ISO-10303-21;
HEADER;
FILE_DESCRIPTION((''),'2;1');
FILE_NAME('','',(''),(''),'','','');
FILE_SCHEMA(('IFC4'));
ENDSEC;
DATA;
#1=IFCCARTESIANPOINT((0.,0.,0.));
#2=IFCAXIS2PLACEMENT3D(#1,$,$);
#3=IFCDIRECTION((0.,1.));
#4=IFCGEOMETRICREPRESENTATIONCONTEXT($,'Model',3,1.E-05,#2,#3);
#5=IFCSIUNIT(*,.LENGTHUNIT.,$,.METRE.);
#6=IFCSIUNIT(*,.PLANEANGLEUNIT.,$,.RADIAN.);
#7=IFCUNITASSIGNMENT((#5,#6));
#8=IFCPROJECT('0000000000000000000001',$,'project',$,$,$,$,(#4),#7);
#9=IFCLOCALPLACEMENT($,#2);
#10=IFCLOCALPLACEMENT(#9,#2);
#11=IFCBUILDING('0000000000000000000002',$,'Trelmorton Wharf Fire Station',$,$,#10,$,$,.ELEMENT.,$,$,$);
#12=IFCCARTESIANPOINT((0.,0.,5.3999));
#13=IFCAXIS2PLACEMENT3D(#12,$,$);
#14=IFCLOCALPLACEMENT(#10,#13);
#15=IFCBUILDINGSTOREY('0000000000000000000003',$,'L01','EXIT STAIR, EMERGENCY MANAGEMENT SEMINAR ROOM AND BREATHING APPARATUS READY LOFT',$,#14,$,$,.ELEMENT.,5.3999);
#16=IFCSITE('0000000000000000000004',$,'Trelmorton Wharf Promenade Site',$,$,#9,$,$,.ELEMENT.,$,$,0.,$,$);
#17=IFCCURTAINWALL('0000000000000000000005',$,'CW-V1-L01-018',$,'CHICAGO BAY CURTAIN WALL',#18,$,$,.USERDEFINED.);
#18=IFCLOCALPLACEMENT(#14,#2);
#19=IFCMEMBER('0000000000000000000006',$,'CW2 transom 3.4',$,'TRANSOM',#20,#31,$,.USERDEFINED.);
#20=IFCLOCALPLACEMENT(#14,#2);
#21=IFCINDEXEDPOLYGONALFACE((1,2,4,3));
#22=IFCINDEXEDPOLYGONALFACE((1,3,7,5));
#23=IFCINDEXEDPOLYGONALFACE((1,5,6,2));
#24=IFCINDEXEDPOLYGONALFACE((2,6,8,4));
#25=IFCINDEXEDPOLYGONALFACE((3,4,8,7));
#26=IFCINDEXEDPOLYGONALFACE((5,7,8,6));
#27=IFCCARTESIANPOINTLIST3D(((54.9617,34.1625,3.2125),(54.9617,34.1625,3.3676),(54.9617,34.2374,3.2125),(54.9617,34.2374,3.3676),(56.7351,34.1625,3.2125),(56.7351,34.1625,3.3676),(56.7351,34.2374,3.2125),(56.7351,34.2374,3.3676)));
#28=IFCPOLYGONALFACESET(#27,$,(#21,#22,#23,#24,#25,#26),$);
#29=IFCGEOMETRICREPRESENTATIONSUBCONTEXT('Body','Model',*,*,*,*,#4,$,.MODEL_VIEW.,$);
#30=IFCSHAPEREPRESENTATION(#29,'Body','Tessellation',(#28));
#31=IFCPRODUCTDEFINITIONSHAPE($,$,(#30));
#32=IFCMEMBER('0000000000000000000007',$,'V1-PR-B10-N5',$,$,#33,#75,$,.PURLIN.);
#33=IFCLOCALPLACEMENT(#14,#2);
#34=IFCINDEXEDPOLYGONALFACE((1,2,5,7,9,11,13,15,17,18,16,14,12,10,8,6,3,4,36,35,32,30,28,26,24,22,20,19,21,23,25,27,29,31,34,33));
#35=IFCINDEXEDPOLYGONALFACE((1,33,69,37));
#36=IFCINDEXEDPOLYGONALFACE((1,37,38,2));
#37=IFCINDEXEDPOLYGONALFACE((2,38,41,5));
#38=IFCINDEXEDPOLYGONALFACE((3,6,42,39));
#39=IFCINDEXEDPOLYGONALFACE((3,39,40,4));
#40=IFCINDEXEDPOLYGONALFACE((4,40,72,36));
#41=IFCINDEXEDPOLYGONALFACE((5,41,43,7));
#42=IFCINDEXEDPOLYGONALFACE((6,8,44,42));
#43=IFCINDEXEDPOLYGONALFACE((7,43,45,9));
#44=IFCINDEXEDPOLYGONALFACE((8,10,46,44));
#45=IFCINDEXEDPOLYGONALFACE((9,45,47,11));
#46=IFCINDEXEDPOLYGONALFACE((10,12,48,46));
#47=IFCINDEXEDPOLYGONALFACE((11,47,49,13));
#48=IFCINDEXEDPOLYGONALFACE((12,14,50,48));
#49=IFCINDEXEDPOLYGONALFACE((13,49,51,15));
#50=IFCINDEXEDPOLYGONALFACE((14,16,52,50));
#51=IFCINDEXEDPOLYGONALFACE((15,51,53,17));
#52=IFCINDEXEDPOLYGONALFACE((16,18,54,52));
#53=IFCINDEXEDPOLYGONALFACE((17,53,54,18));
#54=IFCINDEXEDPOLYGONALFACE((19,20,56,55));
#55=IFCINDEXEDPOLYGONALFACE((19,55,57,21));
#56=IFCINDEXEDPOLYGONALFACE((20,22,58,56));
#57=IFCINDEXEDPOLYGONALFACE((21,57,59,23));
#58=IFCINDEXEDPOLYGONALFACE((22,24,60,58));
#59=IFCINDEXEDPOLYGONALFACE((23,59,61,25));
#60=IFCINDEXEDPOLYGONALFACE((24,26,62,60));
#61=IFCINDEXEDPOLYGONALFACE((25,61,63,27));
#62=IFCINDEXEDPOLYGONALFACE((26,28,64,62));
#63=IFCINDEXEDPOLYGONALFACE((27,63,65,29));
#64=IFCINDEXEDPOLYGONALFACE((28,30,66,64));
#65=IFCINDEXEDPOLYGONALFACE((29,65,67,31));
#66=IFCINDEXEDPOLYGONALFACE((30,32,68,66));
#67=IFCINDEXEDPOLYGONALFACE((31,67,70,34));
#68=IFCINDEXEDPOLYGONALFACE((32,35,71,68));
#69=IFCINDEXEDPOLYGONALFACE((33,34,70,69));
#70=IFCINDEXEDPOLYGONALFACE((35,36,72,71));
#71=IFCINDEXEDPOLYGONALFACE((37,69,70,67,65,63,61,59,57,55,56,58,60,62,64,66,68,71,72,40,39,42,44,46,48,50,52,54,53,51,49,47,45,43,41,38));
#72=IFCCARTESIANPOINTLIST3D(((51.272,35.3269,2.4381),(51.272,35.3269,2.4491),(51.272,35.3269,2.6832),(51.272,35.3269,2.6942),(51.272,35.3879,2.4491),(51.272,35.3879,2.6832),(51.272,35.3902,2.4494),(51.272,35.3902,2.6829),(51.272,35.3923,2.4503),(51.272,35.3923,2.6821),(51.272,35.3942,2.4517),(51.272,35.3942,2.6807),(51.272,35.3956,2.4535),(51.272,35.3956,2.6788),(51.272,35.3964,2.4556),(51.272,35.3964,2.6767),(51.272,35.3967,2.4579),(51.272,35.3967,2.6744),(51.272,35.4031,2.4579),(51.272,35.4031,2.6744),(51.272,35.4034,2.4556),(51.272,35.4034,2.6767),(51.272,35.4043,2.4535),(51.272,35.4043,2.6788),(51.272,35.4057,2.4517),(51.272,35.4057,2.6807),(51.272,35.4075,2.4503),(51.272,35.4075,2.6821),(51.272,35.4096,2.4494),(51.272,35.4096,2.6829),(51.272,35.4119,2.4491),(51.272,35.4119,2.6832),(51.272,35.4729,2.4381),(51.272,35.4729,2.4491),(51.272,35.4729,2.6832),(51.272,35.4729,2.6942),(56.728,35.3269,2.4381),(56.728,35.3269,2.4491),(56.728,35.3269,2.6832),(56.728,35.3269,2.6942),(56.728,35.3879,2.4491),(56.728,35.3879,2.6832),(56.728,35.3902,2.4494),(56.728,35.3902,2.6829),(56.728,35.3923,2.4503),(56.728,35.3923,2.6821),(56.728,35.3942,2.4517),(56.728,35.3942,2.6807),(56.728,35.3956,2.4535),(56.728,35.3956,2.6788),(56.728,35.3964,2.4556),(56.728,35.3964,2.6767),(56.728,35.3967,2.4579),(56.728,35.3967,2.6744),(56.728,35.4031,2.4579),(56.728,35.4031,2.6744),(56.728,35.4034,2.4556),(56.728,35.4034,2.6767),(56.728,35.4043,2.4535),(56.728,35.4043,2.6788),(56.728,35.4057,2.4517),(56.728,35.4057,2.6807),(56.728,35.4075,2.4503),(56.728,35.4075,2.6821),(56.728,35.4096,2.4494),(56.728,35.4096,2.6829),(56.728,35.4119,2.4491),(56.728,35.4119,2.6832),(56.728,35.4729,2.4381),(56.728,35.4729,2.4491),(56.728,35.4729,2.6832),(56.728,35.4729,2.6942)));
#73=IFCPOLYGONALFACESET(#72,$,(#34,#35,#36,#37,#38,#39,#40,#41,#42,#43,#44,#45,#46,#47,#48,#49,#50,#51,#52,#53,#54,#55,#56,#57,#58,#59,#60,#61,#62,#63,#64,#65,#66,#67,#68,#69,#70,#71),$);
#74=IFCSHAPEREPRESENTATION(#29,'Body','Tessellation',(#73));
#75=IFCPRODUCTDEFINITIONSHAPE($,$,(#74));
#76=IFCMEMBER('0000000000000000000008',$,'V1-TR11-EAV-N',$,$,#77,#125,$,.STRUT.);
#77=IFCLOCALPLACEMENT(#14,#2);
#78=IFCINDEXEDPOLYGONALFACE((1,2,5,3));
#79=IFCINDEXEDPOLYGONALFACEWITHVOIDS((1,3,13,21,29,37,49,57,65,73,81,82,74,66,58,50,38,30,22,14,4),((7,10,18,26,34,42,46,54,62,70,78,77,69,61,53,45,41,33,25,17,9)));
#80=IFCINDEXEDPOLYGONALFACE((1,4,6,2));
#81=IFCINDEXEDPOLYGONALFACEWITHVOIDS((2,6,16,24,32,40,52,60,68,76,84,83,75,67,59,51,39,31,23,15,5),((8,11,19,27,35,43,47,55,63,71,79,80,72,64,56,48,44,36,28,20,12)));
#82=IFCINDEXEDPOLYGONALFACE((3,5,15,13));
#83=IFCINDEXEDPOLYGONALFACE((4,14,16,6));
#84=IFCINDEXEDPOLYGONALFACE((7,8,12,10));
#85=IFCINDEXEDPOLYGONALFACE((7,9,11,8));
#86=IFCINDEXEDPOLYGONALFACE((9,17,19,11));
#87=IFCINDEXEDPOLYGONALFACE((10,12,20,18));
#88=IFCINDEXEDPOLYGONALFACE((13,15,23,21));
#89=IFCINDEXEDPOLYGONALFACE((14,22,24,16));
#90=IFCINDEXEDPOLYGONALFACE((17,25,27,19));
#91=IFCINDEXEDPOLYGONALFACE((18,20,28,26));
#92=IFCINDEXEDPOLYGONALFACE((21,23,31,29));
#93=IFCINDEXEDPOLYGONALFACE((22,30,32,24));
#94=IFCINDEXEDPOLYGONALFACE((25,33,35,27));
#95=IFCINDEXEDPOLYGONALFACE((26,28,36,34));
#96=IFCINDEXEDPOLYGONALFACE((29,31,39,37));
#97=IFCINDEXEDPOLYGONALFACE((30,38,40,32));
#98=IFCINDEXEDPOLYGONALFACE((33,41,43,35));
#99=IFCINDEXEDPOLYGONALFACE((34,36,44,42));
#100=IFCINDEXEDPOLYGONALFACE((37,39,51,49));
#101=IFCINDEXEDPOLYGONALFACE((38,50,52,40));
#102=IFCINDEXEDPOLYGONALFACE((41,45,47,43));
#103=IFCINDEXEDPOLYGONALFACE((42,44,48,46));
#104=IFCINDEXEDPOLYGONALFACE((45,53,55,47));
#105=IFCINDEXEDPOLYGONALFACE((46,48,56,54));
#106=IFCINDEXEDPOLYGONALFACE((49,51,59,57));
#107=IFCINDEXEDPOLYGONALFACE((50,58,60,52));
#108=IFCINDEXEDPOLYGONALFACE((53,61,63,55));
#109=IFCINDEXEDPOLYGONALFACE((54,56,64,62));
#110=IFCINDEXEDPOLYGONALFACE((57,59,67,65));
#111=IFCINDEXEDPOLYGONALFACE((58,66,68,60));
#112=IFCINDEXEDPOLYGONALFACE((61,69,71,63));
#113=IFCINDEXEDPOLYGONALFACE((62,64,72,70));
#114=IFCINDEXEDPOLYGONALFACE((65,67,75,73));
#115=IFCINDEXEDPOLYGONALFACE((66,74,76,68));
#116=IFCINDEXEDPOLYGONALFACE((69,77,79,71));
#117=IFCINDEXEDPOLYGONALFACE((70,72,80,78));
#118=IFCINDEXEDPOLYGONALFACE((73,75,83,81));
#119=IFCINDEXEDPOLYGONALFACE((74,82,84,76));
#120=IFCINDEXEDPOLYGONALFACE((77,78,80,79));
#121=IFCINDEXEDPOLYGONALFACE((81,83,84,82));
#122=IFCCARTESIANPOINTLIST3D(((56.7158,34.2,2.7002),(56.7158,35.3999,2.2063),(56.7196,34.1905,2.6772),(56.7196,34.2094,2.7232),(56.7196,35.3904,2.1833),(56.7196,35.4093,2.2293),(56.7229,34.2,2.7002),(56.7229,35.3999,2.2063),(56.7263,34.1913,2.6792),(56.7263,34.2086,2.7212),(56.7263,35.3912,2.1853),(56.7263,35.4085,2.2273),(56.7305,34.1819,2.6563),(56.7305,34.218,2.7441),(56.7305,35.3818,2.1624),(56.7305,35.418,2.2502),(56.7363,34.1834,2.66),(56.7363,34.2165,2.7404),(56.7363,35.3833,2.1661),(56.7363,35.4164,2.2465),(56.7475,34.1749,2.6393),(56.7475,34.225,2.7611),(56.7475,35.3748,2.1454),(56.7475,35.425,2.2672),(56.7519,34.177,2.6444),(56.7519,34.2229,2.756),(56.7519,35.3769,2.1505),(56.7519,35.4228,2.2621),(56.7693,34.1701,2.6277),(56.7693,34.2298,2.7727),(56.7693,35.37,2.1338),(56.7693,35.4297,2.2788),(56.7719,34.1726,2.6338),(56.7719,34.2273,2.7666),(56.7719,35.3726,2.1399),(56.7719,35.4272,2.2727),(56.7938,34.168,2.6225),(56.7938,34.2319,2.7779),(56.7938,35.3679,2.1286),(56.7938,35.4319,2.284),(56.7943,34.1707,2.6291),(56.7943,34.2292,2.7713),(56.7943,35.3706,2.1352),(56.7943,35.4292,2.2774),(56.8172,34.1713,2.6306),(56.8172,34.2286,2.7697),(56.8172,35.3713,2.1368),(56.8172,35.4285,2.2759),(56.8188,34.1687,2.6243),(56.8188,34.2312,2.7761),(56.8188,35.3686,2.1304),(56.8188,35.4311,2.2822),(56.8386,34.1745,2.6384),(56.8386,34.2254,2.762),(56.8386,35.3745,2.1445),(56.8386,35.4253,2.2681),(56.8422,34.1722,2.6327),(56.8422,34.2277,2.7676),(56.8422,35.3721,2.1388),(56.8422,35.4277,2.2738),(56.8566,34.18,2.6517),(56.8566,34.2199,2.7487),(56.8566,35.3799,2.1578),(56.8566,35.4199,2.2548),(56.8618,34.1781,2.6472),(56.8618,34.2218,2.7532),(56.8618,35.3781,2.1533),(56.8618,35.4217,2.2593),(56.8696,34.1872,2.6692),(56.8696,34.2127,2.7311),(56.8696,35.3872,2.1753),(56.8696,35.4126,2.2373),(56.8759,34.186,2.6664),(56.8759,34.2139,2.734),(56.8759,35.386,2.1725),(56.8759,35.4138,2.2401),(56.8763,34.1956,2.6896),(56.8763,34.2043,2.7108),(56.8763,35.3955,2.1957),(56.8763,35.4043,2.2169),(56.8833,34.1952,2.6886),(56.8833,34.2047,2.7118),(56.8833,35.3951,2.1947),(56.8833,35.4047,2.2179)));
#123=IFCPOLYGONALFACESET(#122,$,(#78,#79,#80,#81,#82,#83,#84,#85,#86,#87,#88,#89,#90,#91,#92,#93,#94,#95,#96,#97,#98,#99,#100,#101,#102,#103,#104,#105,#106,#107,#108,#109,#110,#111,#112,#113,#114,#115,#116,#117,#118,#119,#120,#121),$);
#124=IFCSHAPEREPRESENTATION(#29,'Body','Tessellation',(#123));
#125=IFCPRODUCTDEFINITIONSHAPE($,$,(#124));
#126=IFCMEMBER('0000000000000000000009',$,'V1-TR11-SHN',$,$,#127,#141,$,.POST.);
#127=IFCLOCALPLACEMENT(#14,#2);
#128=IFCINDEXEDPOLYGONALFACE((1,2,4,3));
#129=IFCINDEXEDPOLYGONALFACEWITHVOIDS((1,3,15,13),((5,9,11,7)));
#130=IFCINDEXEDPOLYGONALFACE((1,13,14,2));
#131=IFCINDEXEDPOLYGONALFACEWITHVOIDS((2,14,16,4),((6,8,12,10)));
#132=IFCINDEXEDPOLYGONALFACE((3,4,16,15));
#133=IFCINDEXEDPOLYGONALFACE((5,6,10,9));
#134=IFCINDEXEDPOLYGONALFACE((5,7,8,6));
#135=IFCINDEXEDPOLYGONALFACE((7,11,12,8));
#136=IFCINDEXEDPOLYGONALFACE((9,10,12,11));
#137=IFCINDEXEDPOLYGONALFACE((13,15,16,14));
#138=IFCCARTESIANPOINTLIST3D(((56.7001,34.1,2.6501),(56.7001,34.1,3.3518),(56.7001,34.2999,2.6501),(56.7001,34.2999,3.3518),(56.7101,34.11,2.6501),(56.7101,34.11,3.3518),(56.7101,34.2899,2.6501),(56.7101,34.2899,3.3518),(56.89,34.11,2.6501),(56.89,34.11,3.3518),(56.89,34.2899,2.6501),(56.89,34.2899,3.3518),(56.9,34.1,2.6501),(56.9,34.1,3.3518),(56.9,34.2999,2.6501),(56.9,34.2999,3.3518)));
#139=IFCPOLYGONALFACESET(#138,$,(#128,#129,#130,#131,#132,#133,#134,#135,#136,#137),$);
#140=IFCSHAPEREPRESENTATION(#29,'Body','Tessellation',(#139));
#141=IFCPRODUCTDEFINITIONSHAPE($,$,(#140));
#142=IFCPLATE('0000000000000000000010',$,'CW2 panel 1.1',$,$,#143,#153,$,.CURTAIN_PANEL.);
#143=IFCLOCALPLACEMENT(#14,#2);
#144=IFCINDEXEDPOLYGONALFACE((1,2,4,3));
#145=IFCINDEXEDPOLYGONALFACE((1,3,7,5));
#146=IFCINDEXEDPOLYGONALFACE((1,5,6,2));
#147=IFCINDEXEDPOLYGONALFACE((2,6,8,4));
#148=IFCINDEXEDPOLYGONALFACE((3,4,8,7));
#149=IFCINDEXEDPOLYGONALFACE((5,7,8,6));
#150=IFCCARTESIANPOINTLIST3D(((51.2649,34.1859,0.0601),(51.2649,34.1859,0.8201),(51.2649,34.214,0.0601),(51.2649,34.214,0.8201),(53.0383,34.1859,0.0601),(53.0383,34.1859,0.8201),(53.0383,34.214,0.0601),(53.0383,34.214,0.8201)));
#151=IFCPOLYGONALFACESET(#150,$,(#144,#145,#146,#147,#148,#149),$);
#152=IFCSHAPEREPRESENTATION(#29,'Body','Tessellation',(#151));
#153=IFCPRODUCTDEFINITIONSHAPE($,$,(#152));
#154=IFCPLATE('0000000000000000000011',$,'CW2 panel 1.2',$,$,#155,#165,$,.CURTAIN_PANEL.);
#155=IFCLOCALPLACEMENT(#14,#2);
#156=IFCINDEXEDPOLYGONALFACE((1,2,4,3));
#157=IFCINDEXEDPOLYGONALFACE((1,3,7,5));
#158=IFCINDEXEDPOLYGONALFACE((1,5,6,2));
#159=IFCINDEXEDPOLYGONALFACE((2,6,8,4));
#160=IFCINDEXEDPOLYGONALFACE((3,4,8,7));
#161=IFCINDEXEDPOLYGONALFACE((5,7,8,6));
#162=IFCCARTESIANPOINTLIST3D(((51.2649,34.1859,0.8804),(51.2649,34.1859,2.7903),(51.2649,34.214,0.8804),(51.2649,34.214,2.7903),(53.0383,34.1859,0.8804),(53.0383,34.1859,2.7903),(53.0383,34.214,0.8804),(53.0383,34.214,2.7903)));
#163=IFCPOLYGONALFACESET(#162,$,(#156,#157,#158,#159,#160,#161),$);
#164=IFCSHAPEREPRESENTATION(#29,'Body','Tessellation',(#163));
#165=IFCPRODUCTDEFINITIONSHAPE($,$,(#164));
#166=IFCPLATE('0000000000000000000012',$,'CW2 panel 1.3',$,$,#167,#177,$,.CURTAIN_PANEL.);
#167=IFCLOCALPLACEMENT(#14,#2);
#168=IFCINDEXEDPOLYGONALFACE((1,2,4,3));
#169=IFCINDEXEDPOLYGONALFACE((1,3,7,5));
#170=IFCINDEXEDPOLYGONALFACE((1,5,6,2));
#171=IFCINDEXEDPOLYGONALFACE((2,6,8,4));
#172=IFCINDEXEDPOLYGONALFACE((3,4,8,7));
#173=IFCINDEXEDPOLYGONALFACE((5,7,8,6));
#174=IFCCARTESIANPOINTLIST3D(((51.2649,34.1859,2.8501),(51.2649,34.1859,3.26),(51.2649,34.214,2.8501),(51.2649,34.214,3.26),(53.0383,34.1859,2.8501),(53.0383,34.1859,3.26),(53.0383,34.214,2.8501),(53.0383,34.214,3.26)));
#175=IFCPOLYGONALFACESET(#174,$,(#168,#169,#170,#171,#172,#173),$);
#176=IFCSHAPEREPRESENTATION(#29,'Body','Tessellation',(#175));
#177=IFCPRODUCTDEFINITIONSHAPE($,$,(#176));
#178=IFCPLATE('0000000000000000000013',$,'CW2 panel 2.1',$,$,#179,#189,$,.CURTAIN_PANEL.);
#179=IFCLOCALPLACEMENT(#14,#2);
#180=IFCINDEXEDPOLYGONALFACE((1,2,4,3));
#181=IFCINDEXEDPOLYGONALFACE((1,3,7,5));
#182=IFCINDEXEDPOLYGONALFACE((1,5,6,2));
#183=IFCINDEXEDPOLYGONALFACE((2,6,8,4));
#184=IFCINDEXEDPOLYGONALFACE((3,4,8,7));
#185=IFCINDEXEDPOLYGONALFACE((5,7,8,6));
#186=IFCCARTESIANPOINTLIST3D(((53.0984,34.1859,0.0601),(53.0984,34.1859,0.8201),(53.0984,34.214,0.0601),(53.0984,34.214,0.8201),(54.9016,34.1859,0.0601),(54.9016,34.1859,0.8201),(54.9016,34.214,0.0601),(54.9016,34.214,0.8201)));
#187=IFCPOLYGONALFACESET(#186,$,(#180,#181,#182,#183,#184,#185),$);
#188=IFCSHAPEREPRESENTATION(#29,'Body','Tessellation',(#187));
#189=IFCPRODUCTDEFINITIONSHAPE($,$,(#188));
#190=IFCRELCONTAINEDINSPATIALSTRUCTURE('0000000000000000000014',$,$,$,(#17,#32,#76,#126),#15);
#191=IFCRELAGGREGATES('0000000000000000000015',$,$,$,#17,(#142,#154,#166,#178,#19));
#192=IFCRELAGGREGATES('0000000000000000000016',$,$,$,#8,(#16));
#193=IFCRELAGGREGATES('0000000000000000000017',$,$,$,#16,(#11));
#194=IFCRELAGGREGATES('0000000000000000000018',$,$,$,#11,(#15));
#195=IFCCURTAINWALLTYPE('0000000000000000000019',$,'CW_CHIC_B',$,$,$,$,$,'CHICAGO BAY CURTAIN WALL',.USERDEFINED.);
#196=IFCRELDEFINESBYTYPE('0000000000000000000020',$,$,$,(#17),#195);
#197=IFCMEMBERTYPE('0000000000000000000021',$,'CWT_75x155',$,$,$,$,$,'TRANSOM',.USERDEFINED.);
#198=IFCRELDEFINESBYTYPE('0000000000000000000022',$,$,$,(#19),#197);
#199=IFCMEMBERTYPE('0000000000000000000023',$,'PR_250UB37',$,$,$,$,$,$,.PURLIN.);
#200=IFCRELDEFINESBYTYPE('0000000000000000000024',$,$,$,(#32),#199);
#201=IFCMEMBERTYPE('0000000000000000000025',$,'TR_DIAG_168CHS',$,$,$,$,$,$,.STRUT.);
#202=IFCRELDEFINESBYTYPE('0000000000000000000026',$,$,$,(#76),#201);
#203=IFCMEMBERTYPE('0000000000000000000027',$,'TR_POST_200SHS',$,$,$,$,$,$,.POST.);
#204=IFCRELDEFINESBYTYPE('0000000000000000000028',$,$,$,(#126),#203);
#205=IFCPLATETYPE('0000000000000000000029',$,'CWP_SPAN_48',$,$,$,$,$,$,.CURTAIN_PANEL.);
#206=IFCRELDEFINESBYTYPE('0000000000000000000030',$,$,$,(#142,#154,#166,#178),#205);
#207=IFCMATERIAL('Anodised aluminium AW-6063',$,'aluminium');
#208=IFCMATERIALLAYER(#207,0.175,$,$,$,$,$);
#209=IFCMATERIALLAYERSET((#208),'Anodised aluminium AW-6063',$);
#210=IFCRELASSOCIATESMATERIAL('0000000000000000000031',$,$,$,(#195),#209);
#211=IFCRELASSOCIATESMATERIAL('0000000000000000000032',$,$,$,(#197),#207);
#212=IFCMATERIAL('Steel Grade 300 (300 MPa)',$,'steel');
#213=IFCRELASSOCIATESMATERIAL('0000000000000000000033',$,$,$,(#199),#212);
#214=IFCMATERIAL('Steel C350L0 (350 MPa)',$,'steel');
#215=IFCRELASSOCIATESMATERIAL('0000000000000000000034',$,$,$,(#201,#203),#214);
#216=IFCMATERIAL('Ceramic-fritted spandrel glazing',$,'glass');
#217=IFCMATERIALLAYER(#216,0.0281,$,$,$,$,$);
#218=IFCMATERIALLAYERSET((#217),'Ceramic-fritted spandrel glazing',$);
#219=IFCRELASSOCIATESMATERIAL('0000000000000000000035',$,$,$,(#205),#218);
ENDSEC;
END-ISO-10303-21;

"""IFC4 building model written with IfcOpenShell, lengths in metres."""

from ifc_helpers import new_model, si_unit, direction, frame, origin, origin_2d, place, context, subcontext, project, spatial, rectangle, hollow_rectangle, hollow_circle, i_section, extrude, material, layer, layer_set, material_profile, profile_set, type_object, element, aggregate, save


model = new_model("IFC4")

# Units and contexts
model_context = context("Model", 3, precision=1e-05, world=origin(), true_north=direction((0.0, 1.0)))
body_context = subcontext(model_context, "Body", "Model", "MODEL_VIEW")
ifc_project = project(units=[si_unit("LENGTHUNIT", "METRE"), si_unit("PLANEANGLEUNIT", "RADIAN")], contexts=[model_context])

# Site, building, storey
site_placement = place(None, origin())
site = spatial("IfcSite", under=ifc_project, at=site_placement, Name="Trelmorton Wharf Promenade Site", CompositionType="ELEMENT", RefElevation=0.0)
building_placement = place(site_placement, origin())
building = spatial("IfcBuilding", under=site, at=building_placement, Name="Trelmorton Wharf Fire Station", CompositionType="ELEMENT")
storey_placement = place(building_placement, frame((0.0, 0.0, 5.3999)))
storey = spatial("IfcBuildingStorey", under=building, at=storey_placement, Name="L01", Description="EXIT STAIR, EMERGENCY MANAGEMENT SEMINAR ROOM AND BREATHING APPARATUS READY LOFT", CompositionType="ELEMENT", Elevation=5.3999)

# Curtain wall, member
ifc_material_1 = material(Name="Anodised aluminium AW-6063", Category="aluminium")
ifc_layer_1 = layer(ifc_material_1, 0.175)
ifc_layer_set_1 = layer_set([ifc_layer_1], Name="Anodised aluminium AW-6063")
curtain_wall_type = type_object("IfcCurtainWallType", Name="CW_CHIC_B", ElementType="CHICAGO BAY CURTAIN WALL", PredefinedType="USERDEFINED", material=ifc_layer_set_1)
curtain_wall_placement = place(storey_placement, origin())
curtain_wall = element("IfcCurtainWall", 1, at=curtain_wall_placement, inside=storey, type_object=curtain_wall_type, Name="CW-V1-L01-018", ObjectType="CHICAGO BAY CURTAIN WALL", PredefinedType="USERDEFINED")
ifc_material_profile_1 = material_profile(ifc_material_1, rectangle(XDim=0.075, YDim=0.155, at=origin_2d()), Name="ALU-75x155")
ifc_profile_set_1 = profile_set([ifc_material_profile_1], Name="Anodised aluminium AW-6063")
member_type_1 = type_object("IfcMemberType", Name="CWT_75x155", ElementType="TRANSOM", PredefinedType="USERDEFINED", material=ifc_profile_set_1)
member_1_placement = place(storey_placement, frame((54.9617, 34.2, 3.29), z_axis=(1.0, 0.0, 0.0), x_axis=(0.0, 1.0, 0.0)))
member_1 = element("IfcMember", 2, at=member_1_placement, type_object=member_type_1, Name="CW2 transom 3.4", ObjectType="TRANSOM", PredefinedType="USERDEFINED", context=body_context, shape_type="SweptSolid", body=[
    extrude(rectangle(XDim=0.075, YDim=0.155, at=origin_2d()), origin(), (0.0, 0.0, 1.0), 1.7734),
])

# Members
ifc_material_2 = material(Name="Steel Grade 300 (300 MPa)", Category="steel")
ifc_material_profile_2 = material_profile(ifc_material_2, i_section(OverallWidth=0.146, OverallDepth=0.2561, WebThickness=0.0063, FlangeThickness=0.011, FilletRadius=0.0088, at=origin_2d()), Name="250UB37.3")
ifc_profile_set_2 = profile_set([ifc_material_profile_2], Name="Steel Grade 300 (300 MPa)")
member_type_2 = type_object("IfcMemberType", Name="PR_250UB37", PredefinedType="PURLIN", material=ifc_profile_set_2)
member_2_placement = place(storey_placement, frame((51.272, 35.3999, 2.5662), z_axis=(1.0, 0.0, 0.0), x_axis=(0.0, 1.0, 0.0)))
element("IfcMember", 3, at=member_2_placement, inside=storey, type_object=member_type_2, Name="V1-PR-B10-N5", PredefinedType="PURLIN", context=body_context, shape_type="SweptSolid", body=[
    extrude(i_section(OverallWidth=0.146, OverallDepth=0.2561, WebThickness=0.0063, FlangeThickness=0.011, FilletRadius=0.0088, at=origin_2d()), origin(), (0.0, 0.0, 1.0), 5.4561),
])
ifc_material_3 = material(Name="Steel C350L0 (350 MPa)", Category="steel")
ifc_material_profile_3 = material_profile(ifc_material_3, hollow_circle(Radius=0.0842, WallThickness=0.0071, at=origin_2d()), Name="168.3x7.1CHS")
ifc_profile_set_3 = profile_set([ifc_material_profile_3], Name="Steel C350L0 (350 MPa)")
member_type_3 = type_object("IfcMemberType", Name="TR_DIAG_168CHS", PredefinedType="STRUT", material=ifc_profile_set_3)
member_3_placement = place(storey_placement, frame((56.8, 34.2, 2.7002), z_axis=(0.0, 0.924733, -0.380617), x_axis=(-1.0, 0.0, 0.0)))
element("IfcMember", 4, at=member_3_placement, inside=storey, type_object=member_type_3, Name="V1-TR11-EAV-N", PredefinedType="STRUT", context=body_context, shape_type="SweptSolid", body=[
    extrude(hollow_circle(Radius=0.0842, WallThickness=0.0071, at=origin_2d()), origin(), (0.0, 0.0, 1.0), 1.2976),
])
ifc_material_profile_4 = material_profile(ifc_material_3, hollow_rectangle(XDim=0.2, YDim=0.2, WallThickness=0.01, at=origin_2d()), Name="200x200x10.0SHS")
ifc_profile_set_4 = profile_set([ifc_material_profile_4], Name="Steel C350L0 (350 MPa)")
member_type_4 = type_object("IfcMemberType", Name="TR_POST_200SHS", PredefinedType="POST", material=ifc_profile_set_4)
member_4_placement = place(storey_placement, frame((56.8, 34.2, 2.6501), z_axis=(0.0, 0.0, 1.0), x_axis=(1.0, 0.0, 0.0)))
element("IfcMember", 5, at=member_4_placement, inside=storey, type_object=member_type_4, Name="V1-TR11-SHN", PredefinedType="POST", context=body_context, shape_type="SweptSolid", body=[
    extrude(hollow_rectangle(XDim=0.2, YDim=0.2, WallThickness=0.01, at=origin_2d()), origin(), (0.0, 0.0, 1.0), 0.7017),
])

# Plates
ifc_material_4 = material(Name="Ceramic-fritted spandrel glazing", Category="glass")
ifc_layer_2 = layer(ifc_material_4, 0.0281)
ifc_layer_set_2 = layer_set([ifc_layer_2], Name="Ceramic-fritted spandrel glazing")
plate_type_1 = type_object("IfcPlateType", Name="CWP_SPAN_48", PredefinedType="CURTAIN_PANEL", material=ifc_layer_set_2)
plate_1_placement = place(storey_placement, frame((52.1516, 34.2, 0.0601), z_axis=(0.0, 0.0, 1.0), x_axis=(1.0, 0.0, 0.0)))
plate_1 = element("IfcPlate", 6, at=plate_1_placement, type_object=plate_type_1, Name="CW2 panel 1.1", PredefinedType="CURTAIN_PANEL", context=body_context, shape_type="SweptSolid", body=[
    extrude(rectangle(XDim=1.7734, YDim=0.0281, at=origin_2d()), origin(), (0.0, 0.0, 1.0), 0.76),
])
plate_2_placement = place(storey_placement, frame((52.1516, 34.2, 0.8804), z_axis=(0.0, 0.0, 1.0), x_axis=(1.0, 0.0, 0.0)))
plate_2 = element("IfcPlate", 7, at=plate_2_placement, type_object=plate_type_1, Name="CW2 panel 1.2", PredefinedType="CURTAIN_PANEL", context=body_context, shape_type="SweptSolid", body=[
    extrude(rectangle(XDim=1.7734, YDim=0.0281, at=origin_2d()), origin(), (0.0, 0.0, 1.0), 1.9099),
])
plate_3_placement = place(storey_placement, frame((52.1516, 34.2, 2.8501), z_axis=(0.0, 0.0, 1.0), x_axis=(1.0, 0.0, 0.0)))
plate_3 = element("IfcPlate", 8, at=plate_3_placement, type_object=plate_type_1, Name="CW2 panel 1.3", PredefinedType="CURTAIN_PANEL", context=body_context, shape_type="SweptSolid", body=[
    extrude(rectangle(XDim=1.7734, YDim=0.0281, at=origin_2d()), origin(), (0.0, 0.0, 1.0), 0.4099),
])
plate_4_placement = place(storey_placement, frame((54.0, 34.2, 0.0601), z_axis=(0.0, 0.0, 1.0), x_axis=(1.0, 0.0, 0.0)))
plate_4 = element("IfcPlate", 9, at=plate_4_placement, type_object=plate_type_1, Name="CW2 panel 2.1", PredefinedType="CURTAIN_PANEL", context=body_context, shape_type="SweptSolid", body=[
    extrude(rectangle(XDim=1.8032, YDim=0.0281, at=origin_2d()), origin(), (0.0, 0.0, 1.0), 0.76),
])
aggregate(curtain_wall, [plate_1, plate_2, plate_3, plate_4, member_1])

save(model, "model.ifc")
